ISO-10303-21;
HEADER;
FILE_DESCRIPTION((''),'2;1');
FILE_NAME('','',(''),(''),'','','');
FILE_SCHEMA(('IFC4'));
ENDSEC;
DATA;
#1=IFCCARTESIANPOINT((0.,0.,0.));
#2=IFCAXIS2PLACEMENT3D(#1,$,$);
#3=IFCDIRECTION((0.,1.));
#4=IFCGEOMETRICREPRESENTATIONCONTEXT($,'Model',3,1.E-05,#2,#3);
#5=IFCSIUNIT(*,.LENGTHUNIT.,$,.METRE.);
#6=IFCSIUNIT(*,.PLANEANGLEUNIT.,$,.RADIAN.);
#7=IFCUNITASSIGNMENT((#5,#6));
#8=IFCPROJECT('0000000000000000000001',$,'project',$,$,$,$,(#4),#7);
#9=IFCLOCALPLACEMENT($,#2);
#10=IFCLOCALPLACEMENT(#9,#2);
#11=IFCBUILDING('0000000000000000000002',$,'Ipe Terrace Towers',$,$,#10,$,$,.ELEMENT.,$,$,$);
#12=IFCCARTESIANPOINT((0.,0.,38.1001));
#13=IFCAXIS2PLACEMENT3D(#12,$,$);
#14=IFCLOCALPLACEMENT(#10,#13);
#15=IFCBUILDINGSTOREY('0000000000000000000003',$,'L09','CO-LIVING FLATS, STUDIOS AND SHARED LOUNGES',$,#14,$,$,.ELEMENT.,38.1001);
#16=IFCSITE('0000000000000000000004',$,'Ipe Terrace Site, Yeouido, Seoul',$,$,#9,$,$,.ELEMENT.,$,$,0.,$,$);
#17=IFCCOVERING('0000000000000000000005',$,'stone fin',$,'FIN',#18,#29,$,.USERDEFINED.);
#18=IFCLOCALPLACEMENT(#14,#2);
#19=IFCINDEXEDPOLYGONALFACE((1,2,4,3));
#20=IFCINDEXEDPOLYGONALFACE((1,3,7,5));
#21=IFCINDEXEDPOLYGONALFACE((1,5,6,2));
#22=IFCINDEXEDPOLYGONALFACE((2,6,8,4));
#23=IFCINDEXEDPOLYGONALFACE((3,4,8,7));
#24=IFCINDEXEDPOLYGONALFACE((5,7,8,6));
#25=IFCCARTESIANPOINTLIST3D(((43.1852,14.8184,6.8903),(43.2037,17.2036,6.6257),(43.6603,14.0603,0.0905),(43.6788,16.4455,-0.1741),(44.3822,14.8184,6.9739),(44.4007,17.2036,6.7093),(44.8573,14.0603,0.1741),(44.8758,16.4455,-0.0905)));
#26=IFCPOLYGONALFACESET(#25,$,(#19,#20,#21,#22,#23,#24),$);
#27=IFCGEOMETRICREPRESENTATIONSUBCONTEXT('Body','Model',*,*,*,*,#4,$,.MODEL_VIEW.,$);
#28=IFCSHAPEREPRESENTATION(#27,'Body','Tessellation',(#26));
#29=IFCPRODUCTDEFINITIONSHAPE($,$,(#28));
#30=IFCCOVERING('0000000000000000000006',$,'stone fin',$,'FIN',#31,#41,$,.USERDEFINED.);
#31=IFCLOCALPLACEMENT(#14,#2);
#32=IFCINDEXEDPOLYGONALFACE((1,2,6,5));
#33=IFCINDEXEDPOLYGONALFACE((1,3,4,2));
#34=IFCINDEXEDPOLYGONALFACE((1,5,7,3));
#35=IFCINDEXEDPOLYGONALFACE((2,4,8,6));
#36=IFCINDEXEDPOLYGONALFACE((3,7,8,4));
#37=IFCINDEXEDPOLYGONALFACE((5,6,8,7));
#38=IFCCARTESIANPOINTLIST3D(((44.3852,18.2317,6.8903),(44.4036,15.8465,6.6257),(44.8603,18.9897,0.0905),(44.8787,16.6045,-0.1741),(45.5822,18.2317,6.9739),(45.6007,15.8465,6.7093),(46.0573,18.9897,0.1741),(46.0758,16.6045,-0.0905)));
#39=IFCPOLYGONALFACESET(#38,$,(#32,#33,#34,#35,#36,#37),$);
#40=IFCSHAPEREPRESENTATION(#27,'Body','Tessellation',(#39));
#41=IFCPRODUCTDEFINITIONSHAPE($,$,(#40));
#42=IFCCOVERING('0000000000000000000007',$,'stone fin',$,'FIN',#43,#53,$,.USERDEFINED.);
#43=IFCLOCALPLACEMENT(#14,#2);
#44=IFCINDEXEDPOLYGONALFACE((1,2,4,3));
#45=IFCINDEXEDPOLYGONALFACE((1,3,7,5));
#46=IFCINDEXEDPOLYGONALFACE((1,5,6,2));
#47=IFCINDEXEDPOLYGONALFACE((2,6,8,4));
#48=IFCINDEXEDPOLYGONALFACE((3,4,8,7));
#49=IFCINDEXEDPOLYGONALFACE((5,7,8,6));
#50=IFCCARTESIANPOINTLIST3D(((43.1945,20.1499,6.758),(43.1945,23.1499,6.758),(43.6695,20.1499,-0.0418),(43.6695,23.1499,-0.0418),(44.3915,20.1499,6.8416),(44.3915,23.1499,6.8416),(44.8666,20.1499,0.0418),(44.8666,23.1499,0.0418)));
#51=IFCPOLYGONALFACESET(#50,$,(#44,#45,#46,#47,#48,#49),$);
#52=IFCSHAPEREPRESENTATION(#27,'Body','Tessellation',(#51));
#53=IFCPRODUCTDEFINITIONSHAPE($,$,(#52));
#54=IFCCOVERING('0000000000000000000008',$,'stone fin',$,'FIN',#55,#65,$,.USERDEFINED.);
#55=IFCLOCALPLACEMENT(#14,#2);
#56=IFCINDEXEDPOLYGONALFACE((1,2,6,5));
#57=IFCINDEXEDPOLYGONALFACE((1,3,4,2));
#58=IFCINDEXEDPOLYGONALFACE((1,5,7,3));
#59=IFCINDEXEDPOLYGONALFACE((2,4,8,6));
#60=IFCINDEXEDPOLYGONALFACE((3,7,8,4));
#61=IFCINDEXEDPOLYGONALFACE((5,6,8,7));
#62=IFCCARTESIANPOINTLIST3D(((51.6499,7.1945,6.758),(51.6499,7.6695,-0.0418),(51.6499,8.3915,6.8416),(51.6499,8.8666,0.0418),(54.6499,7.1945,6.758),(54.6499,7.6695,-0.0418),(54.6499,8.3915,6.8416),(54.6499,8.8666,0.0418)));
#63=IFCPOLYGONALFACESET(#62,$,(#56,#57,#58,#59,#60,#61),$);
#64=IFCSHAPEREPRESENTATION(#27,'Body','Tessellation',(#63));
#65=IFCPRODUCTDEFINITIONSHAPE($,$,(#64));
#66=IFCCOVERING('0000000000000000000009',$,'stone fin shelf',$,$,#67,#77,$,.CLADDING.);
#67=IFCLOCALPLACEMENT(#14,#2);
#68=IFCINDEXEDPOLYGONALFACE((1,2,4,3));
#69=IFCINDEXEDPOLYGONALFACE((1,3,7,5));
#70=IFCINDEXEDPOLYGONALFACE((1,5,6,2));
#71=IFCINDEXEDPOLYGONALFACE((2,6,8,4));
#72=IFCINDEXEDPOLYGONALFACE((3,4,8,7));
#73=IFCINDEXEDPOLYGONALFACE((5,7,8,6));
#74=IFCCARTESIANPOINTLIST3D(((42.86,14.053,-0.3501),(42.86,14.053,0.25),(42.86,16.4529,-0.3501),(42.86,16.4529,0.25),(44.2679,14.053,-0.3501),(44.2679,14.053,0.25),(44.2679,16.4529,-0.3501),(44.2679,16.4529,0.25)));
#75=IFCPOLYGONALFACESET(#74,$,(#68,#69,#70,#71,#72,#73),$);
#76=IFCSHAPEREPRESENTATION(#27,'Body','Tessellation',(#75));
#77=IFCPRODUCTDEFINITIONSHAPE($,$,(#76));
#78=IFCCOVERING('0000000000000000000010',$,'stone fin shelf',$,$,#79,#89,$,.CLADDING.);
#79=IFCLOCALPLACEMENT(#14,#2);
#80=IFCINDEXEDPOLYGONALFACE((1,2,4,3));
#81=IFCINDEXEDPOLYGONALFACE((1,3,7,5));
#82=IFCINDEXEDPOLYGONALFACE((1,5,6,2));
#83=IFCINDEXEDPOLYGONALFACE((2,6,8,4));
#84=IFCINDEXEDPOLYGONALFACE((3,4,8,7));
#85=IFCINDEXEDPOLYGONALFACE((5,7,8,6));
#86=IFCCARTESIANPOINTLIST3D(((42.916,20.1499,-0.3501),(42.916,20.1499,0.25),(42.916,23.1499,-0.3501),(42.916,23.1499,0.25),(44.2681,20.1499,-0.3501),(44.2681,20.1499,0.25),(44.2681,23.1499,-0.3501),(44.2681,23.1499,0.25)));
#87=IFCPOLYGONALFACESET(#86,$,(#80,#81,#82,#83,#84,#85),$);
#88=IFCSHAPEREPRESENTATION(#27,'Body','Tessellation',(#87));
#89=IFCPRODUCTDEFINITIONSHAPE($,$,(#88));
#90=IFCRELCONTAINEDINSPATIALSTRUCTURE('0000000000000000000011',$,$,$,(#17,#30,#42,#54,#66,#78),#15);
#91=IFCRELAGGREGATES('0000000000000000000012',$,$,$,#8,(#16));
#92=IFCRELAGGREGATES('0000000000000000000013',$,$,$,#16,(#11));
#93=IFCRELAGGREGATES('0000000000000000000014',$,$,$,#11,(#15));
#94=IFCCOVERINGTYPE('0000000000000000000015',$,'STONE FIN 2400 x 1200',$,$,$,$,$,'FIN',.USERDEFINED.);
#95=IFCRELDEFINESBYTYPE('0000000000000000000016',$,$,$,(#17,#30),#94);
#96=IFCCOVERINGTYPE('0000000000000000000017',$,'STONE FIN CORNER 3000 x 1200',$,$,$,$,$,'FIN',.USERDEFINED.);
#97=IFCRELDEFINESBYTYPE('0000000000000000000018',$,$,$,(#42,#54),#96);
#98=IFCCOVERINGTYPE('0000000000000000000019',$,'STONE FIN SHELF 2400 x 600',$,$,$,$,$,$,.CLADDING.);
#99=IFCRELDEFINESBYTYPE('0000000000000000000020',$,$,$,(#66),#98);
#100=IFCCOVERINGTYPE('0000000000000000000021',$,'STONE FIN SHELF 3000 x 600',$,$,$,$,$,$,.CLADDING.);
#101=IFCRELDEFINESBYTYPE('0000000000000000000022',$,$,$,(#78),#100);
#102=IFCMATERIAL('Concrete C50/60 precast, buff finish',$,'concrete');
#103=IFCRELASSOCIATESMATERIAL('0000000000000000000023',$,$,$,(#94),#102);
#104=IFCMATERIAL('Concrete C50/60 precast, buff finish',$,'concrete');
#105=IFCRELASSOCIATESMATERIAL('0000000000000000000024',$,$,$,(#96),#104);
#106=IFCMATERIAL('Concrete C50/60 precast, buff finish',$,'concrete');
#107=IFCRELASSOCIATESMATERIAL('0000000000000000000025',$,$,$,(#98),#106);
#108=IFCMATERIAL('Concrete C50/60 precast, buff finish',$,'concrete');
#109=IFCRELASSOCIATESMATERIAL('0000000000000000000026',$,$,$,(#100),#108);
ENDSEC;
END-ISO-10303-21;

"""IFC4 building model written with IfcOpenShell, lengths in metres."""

from ifc_helpers import new_model, si_unit, direction, frame, origin, origin_2d, place, context, subcontext, project, spatial, rectangle, extrude, material, material_profile, profile_set, type_object, element, save


model = new_model("IFC4")

# Units and contexts
model_context = context("Model", 3, precision=1e-05, world=origin(), true_north=direction((0.0, 1.0)))
body_context = subcontext(model_context, "Body", "Model", "MODEL_VIEW")
ifc_project = project(units=[si_unit("LENGTHUNIT", "METRE"), si_unit("PLANEANGLEUNIT", "RADIAN")], contexts=[model_context])

# Site, building, storey
site_placement = place(None, origin())
site = spatial("IfcSite", under=ifc_project, at=site_placement, Name="Ipe Terrace Site, Yeouido, Seoul", CompositionType="ELEMENT", RefElevation=0.0)
building_placement = place(site_placement, origin())
building = spatial("IfcBuilding", under=site, at=building_placement, Name="Ipe Terrace Towers", CompositionType="ELEMENT")
storey_placement = place(building_placement, frame((0.0, 0.0, 38.1001)))
storey = spatial("IfcBuildingStorey", under=building, at=storey_placement, Name="L09", Description="CO-LIVING FLATS, STUDIOS AND SHARED LOUNGES", CompositionType="ELEMENT", Elevation=38.1001)

# Coverings
ifc_material_1 = material(Name="Concrete C50/60 precast, buff finish", Category="concrete")
ifc_material_profile_1 = material_profile(ifc_material_1, rectangle(XDim=2.3999, YDim=1.2, at=origin_2d()), Name="STONE FIN 2400 x 1200")
ifc_profile_set_1 = profile_set([ifc_material_profile_1], Name="Concrete C50/60 precast, buff finish")
covering_type_1 = type_object("IfcCoveringType", Name="STONE FIN 2400 x 1200", ElementType="FIN", PredefinedType="USERDEFINED", material=ifc_profile_set_1)
for number, where, z_axis, x_axis, name in (
    (1, (44.2681, 15.2529, 0.0), (-0.069272, 0.11053, 0.991456), (0.007704, 0.993873, -0.110261), "stone fin"),
    (2, (45.468, 17.7971, 0.0), (-0.069272, -0.11053, 0.991456), (-0.007704, 0.993873, 0.110261), "stone fin"),
):
    element("IfcCovering", number, at=place(storey_placement, frame(where, z_axis=z_axis, x_axis=x_axis)), inside=storey, type_object=covering_type_1, Name=name, ObjectType="FIN", PredefinedType="USERDEFINED", context=body_context, shape_type="SweptSolid", body=[
        extrude(rectangle(XDim=2.3999, YDim=1.2, at=origin_2d()), origin(), (0.0, 0.0, 1.0), 6.8584),
    ])
ifc_material_2 = material(Name="Concrete C50/60 precast, buff finish", Category="concrete")
ifc_material_profile_2 = material_profile(ifc_material_2, rectangle(XDim=3.0, YDim=1.2, at=origin_2d()), Name="STONE FIN CORNER 3000 x 1200")
ifc_profile_set_2 = profile_set([ifc_material_profile_2], Name="Concrete C50/60 precast, buff finish")
covering_type_2 = type_object("IfcCoveringType", Name="STONE FIN CORNER 3000 x 1200", ElementType="FIN", PredefinedType="USERDEFINED", material=ifc_profile_set_2)
for number, where, z_axis, x_axis, name in (
    (3, (44.2681, 21.6499, 0.0), (-0.069699, 0.0, 0.997568), (0.0, 1.0, 0.0), "stone fin"),
    (4, (53.1499, 8.2681, 0.0), (0.0, -0.069699, 0.997568), (-1.0, 0.0, 0.0), "stone fin"),
):
    element("IfcCovering", number, at=place(storey_placement, frame(where, z_axis=z_axis, x_axis=x_axis)), inside=storey, type_object=covering_type_2, Name=name, ObjectType="FIN", PredefinedType="USERDEFINED", context=body_context, shape_type="SweptSolid", body=[
        extrude(rectangle(XDim=3.0, YDim=1.2, at=origin_2d()), origin(), (0.0, 0.0, 1.0), 6.8164),
    ])
ifc_material_3 = material(Name="Concrete C50/60 precast, buff finish", Category="concrete")
covering_type_3 = type_object("IfcCoveringType", Name="STONE FIN SHELF 2400 x 600", PredefinedType="CLADDING", material=ifc_material_3)
covering_1_placement = place(storey_placement, frame((43.564, 15.2529, -0.3501), z_axis=(0.0, 0.0, 1.0), x_axis=(0.0, 1.0, 0.0)))
element("IfcCovering", 5, at=covering_1_placement, inside=storey, type_object=covering_type_3, Name="stone fin shelf", PredefinedType="CLADDING", context=body_context, shape_type="SweptSolid", body=[
    extrude(rectangle(XDim=2.3999, YDim=1.408, at=origin_2d()), origin(), (0.0, 0.0, 1.0), 0.6001),
])
ifc_material_4 = material(Name="Concrete C50/60 precast, buff finish", Category="concrete")
covering_type_4 = type_object("IfcCoveringType", Name="STONE FIN SHELF 3000 x 600", PredefinedType="CLADDING", material=ifc_material_4)
covering_2_placement = place(storey_placement, frame((43.592, 21.6499, -0.3501), z_axis=(0.0, 0.0, 1.0), x_axis=(0.0, 1.0, 0.0)))
element("IfcCovering", 6, at=covering_2_placement, inside=storey, type_object=covering_type_4, Name="stone fin shelf", PredefinedType="CLADDING", context=body_context, shape_type="SweptSolid", body=[
    extrude(rectangle(XDim=3.0, YDim=1.3521, at=origin_2d()), origin(), (0.0, 0.0, 1.0), 0.6001),
])

save(model, "model.ifc")
